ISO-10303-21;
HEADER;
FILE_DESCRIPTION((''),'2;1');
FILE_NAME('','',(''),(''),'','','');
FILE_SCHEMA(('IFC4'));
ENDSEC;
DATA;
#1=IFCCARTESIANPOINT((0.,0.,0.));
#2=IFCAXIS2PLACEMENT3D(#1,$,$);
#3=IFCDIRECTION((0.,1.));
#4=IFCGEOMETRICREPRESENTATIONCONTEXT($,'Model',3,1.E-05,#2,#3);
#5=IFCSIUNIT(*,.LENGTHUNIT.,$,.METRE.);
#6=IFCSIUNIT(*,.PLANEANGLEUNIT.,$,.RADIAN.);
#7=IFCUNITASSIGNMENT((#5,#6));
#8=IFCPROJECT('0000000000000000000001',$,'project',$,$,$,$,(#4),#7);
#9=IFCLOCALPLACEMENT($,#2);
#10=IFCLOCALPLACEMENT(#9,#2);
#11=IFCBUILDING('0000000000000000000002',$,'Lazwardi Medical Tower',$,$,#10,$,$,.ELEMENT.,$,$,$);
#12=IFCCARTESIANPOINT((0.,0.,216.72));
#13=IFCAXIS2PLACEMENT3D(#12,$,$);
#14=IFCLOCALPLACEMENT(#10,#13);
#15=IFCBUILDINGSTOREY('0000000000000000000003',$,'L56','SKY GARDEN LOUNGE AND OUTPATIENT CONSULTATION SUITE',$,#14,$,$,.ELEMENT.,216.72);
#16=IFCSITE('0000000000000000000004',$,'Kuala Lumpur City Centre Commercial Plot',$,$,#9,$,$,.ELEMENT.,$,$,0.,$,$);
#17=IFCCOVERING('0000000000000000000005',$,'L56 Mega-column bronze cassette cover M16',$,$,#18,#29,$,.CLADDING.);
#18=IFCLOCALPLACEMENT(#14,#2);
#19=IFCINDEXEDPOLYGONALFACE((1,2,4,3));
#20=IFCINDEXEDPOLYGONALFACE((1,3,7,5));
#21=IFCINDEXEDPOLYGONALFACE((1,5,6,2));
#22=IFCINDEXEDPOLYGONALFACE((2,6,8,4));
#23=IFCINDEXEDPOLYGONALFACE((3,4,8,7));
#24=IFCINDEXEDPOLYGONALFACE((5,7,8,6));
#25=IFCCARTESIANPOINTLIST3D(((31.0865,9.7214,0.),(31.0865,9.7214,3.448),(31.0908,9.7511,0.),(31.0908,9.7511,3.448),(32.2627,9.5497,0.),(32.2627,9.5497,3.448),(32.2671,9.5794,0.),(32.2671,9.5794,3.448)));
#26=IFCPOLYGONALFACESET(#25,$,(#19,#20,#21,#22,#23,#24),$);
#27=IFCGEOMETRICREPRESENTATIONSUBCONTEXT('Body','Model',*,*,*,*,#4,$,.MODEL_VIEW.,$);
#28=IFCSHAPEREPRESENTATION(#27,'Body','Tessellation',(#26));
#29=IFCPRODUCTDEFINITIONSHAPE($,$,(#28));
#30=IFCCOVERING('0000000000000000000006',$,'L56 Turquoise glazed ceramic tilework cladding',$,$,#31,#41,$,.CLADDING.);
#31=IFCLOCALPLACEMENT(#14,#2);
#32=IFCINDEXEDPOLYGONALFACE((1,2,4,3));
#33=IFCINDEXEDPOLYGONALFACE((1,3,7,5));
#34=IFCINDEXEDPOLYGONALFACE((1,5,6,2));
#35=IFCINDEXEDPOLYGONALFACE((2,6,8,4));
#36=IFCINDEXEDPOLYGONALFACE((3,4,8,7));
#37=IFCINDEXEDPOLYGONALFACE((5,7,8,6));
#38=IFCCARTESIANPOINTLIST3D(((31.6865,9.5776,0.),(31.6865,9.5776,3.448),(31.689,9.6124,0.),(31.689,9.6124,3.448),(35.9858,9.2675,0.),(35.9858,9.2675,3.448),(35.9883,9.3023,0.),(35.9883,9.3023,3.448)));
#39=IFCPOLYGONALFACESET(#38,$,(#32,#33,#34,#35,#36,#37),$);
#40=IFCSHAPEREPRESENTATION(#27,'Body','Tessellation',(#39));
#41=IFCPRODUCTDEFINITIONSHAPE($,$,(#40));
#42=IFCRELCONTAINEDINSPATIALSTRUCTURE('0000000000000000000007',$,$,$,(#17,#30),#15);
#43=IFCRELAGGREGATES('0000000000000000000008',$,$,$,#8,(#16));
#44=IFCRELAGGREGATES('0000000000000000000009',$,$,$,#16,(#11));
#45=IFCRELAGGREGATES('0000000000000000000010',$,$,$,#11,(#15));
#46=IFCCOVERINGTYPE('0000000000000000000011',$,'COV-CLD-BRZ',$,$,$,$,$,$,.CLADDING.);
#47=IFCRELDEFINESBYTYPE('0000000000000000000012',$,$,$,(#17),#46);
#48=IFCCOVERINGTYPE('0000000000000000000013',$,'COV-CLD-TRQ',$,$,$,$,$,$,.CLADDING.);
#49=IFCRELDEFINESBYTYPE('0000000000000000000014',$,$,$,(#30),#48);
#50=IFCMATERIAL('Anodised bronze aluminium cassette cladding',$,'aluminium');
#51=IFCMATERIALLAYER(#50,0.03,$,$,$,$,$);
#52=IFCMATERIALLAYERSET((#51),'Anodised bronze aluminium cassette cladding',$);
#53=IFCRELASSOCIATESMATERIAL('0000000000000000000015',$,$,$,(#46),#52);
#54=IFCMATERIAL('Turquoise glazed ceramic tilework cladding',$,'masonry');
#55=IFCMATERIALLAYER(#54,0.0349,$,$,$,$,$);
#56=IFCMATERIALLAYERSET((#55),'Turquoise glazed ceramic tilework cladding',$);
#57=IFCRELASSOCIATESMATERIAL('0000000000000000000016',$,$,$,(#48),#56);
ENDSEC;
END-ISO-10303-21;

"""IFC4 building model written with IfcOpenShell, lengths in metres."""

from ifc_helpers import new_model, si_unit, direction, frame, origin, origin_2d, place, context, subcontext, project, spatial, rectangle, extrude, material, layer, layer_set, type_object, element, save


model = new_model("IFC4")

# Units and contexts
model_context = context("Model", 3, precision=1e-05, world=origin(), true_north=direction((0.0, 1.0)))
body_context = subcontext(model_context, "Body", "Model", "MODEL_VIEW")
ifc_project = project(units=[si_unit("LENGTHUNIT", "METRE"), si_unit("PLANEANGLEUNIT", "RADIAN")], contexts=[model_context])

# Site, building, storey
site_placement = place(None, origin())
site = spatial("IfcSite", under=ifc_project, at=site_placement, Name="Kuala Lumpur City Centre Commercial Plot", CompositionType="ELEMENT", RefElevation=0.0)
building_placement = place(site_placement, origin())
building = spatial("IfcBuilding", under=site, at=building_placement, Name="Lazwardi Medical Tower", CompositionType="ELEMENT")
storey_placement = place(building_placement, frame((0.0, 0.0, 216.72)))
storey = spatial("IfcBuildingStorey", under=building, at=storey_placement, Name="L56", Description="SKY GARDEN LOUNGE AND OUTPATIENT CONSULTATION SUITE", CompositionType="ELEMENT", Elevation=216.72)

# Coverings
ifc_material_1 = material(Name="Anodised bronze aluminium cassette cladding", Category="aluminium")
ifc_layer_1 = layer(ifc_material_1, 0.03)
ifc_layer_set_1 = layer_set([ifc_layer_1], Name="Anodised bronze aluminium cassette cladding")
covering_type_1 = type_object("IfcCoveringType", Name="COV-CLD-BRZ", PredefinedType="CLADDING", material=ifc_layer_set_1)
covering_1_placement = place(storey_placement, frame((31.6768, 9.6504, 0.0), z_axis=(0.0, 0.0, 1.0), x_axis=(0.989512, -0.144448, 0.0)))
element("IfcCovering", 1, at=covering_1_placement, inside=storey, type_object=covering_type_1, Name="L56 Mega-column bronze cassette cover M16", PredefinedType="CLADDING", context=body_context, shape_type="SweptSolid", body=[
    extrude(rectangle(XDim=1.1887, YDim=0.03, at=origin_2d()), origin(), (0.0, 0.0, 1.0), 3.448),
])
ifc_material_2 = material(Name="Turquoise glazed ceramic tilework cladding", Category="masonry")
ifc_layer_2 = layer(ifc_material_2, 0.0349)
ifc_layer_set_2 = layer_set([ifc_layer_2], Name="Turquoise glazed ceramic tilework cladding")
covering_type_2 = type_object("IfcCoveringType", Name="COV-CLD-TRQ", PredefinedType="CLADDING", material=ifc_layer_set_2)
covering_2_placement = place(storey_placement, frame((33.8374, 9.4399, 0.0), z_axis=(0.0, 0.0, 1.0), x_axis=(0.997409, -0.07194, 0.0)))
element("IfcCovering", 2, at=covering_2_placement, inside=storey, type_object=covering_type_2, Name="L56 Turquoise glazed ceramic tilework cladding", PredefinedType="CLADDING", context=body_context, shape_type="SweptSolid", body=[
    extrude(rectangle(XDim=4.3105, YDim=0.0349, at=origin_2d()), origin(), (0.0, 0.0, 1.0), 3.448),
])

save(model, "model.ifc")
